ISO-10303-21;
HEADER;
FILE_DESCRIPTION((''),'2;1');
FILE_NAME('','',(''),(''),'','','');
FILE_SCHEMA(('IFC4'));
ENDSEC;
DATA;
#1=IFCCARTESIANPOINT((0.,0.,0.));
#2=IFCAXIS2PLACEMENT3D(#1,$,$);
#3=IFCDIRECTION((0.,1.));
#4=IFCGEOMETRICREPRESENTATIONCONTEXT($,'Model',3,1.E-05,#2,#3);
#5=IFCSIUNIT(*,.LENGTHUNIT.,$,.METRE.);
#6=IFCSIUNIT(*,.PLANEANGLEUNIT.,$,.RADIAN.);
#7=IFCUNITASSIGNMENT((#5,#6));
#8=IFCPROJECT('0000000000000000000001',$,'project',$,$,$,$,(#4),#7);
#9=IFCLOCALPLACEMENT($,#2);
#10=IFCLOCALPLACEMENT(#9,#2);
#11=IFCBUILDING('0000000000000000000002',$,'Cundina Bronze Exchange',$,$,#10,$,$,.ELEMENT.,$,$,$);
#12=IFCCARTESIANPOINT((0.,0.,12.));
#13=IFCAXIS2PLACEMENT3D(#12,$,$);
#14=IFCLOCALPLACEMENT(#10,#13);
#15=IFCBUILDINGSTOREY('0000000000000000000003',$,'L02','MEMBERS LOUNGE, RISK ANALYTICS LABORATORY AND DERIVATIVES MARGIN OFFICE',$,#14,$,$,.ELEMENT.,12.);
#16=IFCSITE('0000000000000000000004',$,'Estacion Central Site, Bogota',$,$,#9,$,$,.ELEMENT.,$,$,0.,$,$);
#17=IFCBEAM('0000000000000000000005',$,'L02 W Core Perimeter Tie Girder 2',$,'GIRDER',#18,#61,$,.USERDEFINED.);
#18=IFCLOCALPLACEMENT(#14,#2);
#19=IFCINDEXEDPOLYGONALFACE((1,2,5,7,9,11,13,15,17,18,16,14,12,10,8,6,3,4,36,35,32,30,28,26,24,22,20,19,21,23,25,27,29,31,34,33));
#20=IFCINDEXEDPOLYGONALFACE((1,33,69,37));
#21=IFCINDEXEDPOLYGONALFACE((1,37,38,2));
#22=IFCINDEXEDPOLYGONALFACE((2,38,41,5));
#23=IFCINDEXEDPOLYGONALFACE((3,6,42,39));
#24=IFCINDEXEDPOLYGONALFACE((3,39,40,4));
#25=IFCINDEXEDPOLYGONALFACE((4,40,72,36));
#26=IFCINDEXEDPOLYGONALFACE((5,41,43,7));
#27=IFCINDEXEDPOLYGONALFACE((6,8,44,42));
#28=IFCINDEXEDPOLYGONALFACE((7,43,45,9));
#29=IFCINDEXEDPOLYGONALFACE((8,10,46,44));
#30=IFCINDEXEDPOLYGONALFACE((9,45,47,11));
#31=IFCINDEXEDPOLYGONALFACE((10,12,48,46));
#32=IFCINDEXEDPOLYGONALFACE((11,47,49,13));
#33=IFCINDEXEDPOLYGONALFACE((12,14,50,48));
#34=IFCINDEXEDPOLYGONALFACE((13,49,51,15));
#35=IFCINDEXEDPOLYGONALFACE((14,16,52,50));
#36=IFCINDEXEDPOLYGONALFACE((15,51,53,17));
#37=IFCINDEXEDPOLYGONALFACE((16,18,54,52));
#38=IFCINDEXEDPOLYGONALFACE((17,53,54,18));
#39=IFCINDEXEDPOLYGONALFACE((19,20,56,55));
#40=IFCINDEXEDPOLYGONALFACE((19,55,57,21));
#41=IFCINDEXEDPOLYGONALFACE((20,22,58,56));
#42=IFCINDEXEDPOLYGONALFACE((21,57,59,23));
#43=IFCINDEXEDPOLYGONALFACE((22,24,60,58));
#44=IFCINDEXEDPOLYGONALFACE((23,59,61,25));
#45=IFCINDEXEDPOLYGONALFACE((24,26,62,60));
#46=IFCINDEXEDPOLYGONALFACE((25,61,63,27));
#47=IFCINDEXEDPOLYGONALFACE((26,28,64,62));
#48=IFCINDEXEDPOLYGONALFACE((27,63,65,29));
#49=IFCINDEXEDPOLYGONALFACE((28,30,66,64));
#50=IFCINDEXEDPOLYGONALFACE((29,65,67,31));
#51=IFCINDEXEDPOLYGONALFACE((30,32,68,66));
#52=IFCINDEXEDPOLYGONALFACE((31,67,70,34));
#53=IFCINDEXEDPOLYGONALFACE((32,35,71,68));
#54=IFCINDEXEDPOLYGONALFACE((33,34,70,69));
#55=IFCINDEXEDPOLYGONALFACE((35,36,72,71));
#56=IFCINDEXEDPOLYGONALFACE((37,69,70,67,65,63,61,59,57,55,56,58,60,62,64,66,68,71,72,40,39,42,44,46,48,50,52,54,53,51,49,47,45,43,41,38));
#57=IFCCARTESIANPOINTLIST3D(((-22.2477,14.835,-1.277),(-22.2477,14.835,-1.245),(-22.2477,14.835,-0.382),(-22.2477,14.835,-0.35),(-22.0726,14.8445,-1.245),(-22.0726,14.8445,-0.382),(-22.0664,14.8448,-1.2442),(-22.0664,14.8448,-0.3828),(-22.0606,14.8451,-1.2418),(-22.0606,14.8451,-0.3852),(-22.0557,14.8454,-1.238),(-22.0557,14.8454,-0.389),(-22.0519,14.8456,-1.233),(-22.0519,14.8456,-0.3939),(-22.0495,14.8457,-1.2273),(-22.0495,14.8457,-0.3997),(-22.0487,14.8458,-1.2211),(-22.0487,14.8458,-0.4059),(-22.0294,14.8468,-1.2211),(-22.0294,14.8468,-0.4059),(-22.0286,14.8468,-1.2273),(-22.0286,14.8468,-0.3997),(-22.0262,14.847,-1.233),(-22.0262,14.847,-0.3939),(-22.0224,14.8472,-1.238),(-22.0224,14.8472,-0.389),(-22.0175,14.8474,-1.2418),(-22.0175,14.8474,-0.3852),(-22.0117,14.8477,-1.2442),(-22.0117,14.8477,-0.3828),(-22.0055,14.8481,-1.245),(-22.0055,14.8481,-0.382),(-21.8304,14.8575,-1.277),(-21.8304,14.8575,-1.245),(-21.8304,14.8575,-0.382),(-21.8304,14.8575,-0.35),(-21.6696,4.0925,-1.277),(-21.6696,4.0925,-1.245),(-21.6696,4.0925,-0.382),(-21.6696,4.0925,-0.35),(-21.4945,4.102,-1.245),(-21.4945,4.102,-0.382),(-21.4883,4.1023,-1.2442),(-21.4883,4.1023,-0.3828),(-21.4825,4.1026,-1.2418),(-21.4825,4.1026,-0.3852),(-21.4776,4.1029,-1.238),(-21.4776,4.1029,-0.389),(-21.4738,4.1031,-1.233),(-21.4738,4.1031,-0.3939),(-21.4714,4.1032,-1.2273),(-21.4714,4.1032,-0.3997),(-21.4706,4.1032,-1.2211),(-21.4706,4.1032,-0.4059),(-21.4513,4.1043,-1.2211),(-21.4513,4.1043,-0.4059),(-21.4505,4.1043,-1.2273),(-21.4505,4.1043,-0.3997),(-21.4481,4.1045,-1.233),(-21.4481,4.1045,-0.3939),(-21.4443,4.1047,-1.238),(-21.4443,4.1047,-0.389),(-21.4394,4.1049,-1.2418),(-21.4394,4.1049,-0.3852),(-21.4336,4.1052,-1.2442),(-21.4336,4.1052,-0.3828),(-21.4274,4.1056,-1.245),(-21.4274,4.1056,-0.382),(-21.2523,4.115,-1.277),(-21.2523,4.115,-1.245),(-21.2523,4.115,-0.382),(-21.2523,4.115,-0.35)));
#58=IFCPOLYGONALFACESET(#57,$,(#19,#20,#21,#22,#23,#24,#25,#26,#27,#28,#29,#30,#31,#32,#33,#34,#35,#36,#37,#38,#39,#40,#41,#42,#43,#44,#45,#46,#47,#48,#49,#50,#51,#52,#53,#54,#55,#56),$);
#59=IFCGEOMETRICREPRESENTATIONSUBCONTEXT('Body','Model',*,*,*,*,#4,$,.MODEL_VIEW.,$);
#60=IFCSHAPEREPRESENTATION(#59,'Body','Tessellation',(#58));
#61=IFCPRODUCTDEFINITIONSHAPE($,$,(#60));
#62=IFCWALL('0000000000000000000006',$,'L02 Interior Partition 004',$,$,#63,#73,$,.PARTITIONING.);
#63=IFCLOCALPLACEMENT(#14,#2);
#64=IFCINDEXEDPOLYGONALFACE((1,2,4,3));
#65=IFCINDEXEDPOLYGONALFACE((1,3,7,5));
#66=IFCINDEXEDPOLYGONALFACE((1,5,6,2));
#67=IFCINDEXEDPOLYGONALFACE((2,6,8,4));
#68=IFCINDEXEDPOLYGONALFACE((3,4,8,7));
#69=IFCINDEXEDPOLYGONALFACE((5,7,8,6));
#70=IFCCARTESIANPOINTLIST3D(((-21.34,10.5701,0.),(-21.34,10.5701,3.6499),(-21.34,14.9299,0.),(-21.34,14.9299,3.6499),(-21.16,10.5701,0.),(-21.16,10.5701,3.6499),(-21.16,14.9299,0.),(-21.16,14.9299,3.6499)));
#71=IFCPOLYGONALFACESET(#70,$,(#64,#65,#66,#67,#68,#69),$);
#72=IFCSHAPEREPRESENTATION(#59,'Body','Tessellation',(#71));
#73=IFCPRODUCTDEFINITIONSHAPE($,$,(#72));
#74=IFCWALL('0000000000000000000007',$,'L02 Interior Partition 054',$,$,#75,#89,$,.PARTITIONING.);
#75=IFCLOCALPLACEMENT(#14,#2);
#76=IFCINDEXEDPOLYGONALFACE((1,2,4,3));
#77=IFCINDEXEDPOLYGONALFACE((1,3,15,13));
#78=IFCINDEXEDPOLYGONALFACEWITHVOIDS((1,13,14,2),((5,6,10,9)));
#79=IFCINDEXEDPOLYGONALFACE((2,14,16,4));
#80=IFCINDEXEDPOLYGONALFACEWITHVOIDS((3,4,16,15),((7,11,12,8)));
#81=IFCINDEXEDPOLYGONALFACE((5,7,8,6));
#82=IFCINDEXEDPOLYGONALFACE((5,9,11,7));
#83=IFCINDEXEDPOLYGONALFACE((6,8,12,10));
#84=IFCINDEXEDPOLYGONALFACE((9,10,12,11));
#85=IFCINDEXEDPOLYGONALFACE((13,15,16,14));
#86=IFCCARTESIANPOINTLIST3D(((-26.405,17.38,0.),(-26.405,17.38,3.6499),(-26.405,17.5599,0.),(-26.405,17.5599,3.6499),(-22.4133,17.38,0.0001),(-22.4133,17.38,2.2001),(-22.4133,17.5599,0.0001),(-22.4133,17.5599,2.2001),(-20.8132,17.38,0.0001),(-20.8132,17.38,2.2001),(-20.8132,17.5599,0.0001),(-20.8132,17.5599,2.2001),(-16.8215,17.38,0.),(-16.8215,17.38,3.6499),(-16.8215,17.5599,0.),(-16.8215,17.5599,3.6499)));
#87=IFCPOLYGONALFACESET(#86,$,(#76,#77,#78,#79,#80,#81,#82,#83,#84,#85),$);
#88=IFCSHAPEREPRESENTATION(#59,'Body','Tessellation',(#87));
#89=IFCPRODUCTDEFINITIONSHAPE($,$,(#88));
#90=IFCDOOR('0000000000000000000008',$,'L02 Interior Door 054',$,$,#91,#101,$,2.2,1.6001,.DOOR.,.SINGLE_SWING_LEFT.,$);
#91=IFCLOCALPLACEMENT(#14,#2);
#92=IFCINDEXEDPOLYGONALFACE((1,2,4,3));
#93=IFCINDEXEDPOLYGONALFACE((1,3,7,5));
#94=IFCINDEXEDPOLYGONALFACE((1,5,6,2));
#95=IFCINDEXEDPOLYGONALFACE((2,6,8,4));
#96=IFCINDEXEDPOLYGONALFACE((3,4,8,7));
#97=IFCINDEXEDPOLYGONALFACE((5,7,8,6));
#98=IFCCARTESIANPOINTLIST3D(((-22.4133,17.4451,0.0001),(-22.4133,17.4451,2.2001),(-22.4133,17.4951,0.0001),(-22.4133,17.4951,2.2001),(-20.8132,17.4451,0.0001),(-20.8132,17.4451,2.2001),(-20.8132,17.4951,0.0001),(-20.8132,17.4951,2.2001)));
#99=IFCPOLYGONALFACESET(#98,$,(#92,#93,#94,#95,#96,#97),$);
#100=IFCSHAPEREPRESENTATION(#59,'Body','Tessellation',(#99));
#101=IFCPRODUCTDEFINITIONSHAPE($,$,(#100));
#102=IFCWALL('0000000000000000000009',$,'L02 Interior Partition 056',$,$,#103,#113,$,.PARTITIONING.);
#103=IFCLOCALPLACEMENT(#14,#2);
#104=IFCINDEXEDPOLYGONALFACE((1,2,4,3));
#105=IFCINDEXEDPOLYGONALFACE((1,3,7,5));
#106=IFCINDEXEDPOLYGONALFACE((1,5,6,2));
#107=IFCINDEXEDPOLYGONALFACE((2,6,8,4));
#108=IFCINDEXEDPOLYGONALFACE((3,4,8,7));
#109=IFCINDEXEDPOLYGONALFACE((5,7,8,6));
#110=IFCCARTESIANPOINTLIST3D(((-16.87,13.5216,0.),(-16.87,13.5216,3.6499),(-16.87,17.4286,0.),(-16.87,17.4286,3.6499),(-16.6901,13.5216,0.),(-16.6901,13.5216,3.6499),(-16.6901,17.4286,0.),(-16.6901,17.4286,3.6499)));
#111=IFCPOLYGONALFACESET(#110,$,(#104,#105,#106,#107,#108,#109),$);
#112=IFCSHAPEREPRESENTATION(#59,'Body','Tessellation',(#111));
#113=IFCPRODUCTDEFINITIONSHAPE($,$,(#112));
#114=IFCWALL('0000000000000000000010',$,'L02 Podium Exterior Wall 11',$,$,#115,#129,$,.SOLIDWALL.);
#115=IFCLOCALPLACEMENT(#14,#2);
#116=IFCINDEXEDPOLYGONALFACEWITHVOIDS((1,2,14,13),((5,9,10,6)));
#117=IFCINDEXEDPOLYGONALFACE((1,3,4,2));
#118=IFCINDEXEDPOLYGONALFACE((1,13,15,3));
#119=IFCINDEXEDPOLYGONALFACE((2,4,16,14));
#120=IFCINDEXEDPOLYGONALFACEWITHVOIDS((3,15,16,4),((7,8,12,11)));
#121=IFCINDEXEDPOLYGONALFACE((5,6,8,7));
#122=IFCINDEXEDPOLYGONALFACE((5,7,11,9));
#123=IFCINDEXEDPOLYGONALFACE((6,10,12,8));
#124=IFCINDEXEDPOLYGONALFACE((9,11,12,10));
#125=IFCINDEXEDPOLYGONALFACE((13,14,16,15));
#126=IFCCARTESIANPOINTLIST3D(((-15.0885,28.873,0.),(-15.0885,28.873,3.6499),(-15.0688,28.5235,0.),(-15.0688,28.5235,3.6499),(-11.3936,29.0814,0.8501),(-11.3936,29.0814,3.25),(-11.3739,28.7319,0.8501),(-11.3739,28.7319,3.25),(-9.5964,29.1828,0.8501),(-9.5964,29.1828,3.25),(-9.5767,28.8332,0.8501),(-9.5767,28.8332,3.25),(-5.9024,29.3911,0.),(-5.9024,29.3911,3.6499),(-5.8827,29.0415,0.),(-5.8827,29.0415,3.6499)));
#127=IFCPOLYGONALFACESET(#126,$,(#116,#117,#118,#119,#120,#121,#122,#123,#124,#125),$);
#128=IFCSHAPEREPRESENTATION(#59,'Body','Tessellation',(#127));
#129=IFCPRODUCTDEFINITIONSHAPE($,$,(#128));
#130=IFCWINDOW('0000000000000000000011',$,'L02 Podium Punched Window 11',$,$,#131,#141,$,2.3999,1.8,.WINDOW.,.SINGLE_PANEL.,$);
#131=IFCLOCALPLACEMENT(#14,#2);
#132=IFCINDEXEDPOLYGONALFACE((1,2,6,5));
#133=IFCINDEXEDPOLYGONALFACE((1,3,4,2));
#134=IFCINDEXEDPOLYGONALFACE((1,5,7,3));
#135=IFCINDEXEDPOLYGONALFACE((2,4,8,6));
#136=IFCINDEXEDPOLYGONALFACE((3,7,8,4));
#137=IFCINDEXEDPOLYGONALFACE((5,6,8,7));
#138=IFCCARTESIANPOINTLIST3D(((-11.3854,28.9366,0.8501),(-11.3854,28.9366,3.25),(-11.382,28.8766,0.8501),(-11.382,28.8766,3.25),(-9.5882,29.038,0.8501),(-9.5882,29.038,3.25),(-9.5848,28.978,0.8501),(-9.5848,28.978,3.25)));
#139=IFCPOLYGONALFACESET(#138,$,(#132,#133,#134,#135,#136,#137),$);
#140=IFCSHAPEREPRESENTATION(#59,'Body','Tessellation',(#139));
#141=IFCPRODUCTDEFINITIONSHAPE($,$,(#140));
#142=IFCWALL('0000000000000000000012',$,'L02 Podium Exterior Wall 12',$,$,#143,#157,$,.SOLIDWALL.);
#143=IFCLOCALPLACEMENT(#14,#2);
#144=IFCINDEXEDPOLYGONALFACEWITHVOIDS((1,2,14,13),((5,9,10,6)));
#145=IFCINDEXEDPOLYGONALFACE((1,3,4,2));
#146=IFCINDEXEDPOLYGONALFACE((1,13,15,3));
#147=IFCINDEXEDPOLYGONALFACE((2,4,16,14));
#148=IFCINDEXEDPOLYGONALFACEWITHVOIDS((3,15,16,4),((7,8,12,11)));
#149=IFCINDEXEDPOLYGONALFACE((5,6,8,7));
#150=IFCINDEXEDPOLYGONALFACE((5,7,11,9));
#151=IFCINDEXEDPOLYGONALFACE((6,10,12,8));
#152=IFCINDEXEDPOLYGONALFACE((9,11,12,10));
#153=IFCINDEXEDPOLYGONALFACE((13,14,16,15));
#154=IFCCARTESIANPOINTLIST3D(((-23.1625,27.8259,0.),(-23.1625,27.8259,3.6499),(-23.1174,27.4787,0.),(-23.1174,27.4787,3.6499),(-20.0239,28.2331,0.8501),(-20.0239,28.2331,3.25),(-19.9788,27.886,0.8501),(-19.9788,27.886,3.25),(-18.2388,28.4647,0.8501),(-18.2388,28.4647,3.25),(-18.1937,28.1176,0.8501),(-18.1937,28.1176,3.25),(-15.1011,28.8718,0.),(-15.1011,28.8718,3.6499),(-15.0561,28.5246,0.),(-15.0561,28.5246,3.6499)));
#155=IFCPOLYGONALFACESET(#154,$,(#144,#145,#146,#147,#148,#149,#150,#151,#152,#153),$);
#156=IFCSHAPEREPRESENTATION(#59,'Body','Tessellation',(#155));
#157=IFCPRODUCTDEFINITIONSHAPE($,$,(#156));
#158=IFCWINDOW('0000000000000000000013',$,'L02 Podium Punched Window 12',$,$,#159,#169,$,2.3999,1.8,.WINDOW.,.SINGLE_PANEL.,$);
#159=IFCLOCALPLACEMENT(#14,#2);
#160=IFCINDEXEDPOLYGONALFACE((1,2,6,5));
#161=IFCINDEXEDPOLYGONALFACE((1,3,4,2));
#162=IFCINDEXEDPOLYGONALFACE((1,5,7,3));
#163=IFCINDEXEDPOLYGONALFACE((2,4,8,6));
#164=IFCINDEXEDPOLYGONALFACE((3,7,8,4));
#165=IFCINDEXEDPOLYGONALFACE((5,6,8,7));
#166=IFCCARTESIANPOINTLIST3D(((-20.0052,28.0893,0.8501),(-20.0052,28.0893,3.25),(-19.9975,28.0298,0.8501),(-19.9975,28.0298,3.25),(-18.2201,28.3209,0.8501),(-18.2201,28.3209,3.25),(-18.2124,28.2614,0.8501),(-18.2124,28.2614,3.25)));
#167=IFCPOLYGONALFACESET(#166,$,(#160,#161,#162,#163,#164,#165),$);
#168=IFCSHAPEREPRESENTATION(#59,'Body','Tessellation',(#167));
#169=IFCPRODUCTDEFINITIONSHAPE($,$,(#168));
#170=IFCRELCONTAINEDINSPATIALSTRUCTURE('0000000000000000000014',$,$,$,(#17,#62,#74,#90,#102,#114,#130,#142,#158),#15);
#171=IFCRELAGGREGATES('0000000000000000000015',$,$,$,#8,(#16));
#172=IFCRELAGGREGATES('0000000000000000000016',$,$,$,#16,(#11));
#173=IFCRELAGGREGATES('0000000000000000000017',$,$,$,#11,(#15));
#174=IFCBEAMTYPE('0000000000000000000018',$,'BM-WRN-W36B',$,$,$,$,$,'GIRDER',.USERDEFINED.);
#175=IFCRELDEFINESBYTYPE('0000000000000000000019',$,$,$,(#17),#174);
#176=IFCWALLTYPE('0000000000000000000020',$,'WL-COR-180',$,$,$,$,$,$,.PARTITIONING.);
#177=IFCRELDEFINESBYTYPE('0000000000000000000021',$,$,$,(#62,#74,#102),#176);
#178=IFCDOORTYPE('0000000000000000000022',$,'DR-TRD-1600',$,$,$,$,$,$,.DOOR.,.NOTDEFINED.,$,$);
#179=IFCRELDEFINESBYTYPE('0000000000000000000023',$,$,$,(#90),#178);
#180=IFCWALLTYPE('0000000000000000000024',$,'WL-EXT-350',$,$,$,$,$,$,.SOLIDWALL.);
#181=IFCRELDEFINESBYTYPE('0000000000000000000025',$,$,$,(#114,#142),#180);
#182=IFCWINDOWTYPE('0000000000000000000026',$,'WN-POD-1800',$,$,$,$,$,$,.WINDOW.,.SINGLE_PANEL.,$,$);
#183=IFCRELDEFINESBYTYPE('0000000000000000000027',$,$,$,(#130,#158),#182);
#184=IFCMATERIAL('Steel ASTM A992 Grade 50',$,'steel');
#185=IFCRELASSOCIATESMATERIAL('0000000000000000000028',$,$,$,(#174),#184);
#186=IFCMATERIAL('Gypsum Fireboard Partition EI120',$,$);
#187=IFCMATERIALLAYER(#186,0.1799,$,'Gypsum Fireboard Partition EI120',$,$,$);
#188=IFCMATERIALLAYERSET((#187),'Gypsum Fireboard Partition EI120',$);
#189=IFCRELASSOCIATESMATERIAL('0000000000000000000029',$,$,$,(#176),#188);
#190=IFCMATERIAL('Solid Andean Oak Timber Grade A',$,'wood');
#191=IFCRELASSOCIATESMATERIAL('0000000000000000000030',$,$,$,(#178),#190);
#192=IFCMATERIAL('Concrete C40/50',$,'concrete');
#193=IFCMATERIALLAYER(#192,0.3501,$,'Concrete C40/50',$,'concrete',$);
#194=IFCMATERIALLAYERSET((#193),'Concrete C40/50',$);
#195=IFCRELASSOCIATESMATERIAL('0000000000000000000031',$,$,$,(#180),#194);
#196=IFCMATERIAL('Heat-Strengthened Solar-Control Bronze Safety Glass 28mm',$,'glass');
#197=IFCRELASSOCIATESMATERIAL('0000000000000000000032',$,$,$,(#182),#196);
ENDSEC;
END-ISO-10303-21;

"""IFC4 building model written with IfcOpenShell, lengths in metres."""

from ifc_helpers import new_model, si_unit, direction, frame, frame_2d, origin, origin_2d, place, context, subcontext, project, spatial, rectangle, i_section, extrude, material, layer, layer_set, material_profile, profile_set, type_object, element, fill, save


model = new_model("IFC4")

# Units and contexts
model_context = context("Model", 3, precision=1e-05, world=origin(), true_north=direction((0.0, 1.0)))
body_context = subcontext(model_context, "Body", "Model", "MODEL_VIEW")
ifc_project = project(units=[si_unit("LENGTHUNIT", "METRE"), si_unit("PLANEANGLEUNIT", "RADIAN")], contexts=[model_context])

# Site, building, storey
site_placement = place(None, origin())
site = spatial("IfcSite", under=ifc_project, at=site_placement, Name="Estacion Central Site, Bogota", CompositionType="ELEMENT", RefElevation=0.0)
building_placement = place(site_placement, origin())
building = spatial("IfcBuilding", under=site, at=building_placement, Name="Cundina Bronze Exchange", CompositionType="ELEMENT")
storey_placement = place(building_placement, frame((0.0, 0.0, 12.0)))
storey = spatial("IfcBuildingStorey", under=building, at=storey_placement, Name="L02", Description="MEMBERS LOUNGE, RISK ANALYTICS LABORATORY AND DERIVATIVES MARGIN OFFICE", CompositionType="ELEMENT", Elevation=12.0)

# Beam
ifc_material_1 = material(Name="Steel ASTM A992 Grade 50", Category="steel")
ifc_material_profile_1 = material_profile(ifc_material_1, i_section(OverallWidth=0.418, OverallDepth=0.927, WebThickness=0.0193, FlangeThickness=0.032, FilletRadius=0.0239, at=origin_2d()), Name="W36X231", Category="steel")
ifc_profile_set_1 = profile_set([ifc_material_profile_1], Name="Steel ASTM A992 Grade 50")
beam_type_1 = type_object("IfcBeamType", Name="BM-WRN-W36B", ElementType="GIRDER", PredefinedType="USERDEFINED", material=ifc_profile_set_1)
beam_1_placement = place(storey_placement, frame((-21.4609, 4.1038, -0.8135), z_axis=(-0.053739, 0.998555, 0.0), x_axis=(-0.998555, -0.053739, 0.0)))
element("IfcBeam", 1, at=beam_1_placement, inside=storey, type_object=beam_type_1, Name="L02 W Core Perimeter Tie Girder 2", ObjectType="GIRDER", PredefinedType="USERDEFINED", context=body_context, shape_type="SweptSolid", body=[
    extrude(i_section(OverallWidth=0.418, OverallDepth=0.927, WebThickness=0.0193, FlangeThickness=0.032, FilletRadius=0.0239, at=origin_2d()), origin(), (0.0, 0.0, 1.0), 10.7581),
])

# Wall
ifc_material_2 = material(Name="Gypsum Fireboard Partition EI120")
ifc_layer_1 = layer(ifc_material_2, 0.1799, Name="Gypsum Fireboard Partition EI120")
ifc_layer_set_1 = layer_set([ifc_layer_1], Name="Gypsum Fireboard Partition EI120")
wall_type_1 = type_object("IfcWallType", Name="WL-COR-180", PredefinedType="PARTITIONING", material=ifc_layer_set_1)
wall_1_placement = place(storey_placement, frame((-21.25, 10.5701, 0.0), z_axis=(0.0, 0.0, 1.0), x_axis=(0.0, 1.0, 0.0)))
element("IfcWall", 2, at=wall_1_placement, inside=storey, type_object=wall_type_1, Name="L02 Interior Partition 004", PredefinedType="PARTITIONING", context=body_context, shape_type="SweptSolid", body=[
    extrude(rectangle(XDim=4.3599, YDim=0.1799, at=frame_2d((2.1799, 0.0))), origin(), (0.0, 0.0, 1.0), 3.6499),
])

# Wall, opening, door
wall_2_placement = place(storey_placement, frame((-16.8215, 17.47, 0.0), z_axis=(0.0, 0.0, 1.0), x_axis=(-1.0, 0.0, 0.0)))
wall_2 = element("IfcWall", 3, at=wall_2_placement, inside=storey, type_object=wall_type_1, Name="L02 Interior Partition 054", PredefinedType="PARTITIONING", context=body_context, shape_type="SweptSolid", body=[
    extrude(rectangle(XDim=9.5835, YDim=0.1799, at=frame_2d((4.7917, 0.0))), origin(), (0.0, 0.0, 1.0), 3.6499),
])
opening_1_placement = place(wall_2_placement, frame((3.9917, 0.0, 0.0)))
opening_1 = element("IfcOpeningElement", 4, at=opening_1_placement, cuts=wall_2, PredefinedType="OPENING", context=body_context, shape_type="SweptSolid", body=[
    extrude(rectangle(XDim=1.6001, YDim=2.2, at=frame_2d((0.8, 1.1001))), frame((0.0, 0.0999, 0.0), z_axis=(0.0, -1.0, 0.0), x_axis=(1.0, 0.0, 0.0)), (0.0, 0.0, 1.0), 0.2),
])
ifc_material_3 = material(Name="Solid Andean Oak Timber Grade A", Category="wood")
door_type_1 = type_object("IfcDoorType", Name="DR-TRD-1600", OperationType="NOTDEFINED", PredefinedType="DOOR", material=ifc_material_3)
door_1_placement = place(opening_1_placement, origin())
door_1 = element("IfcDoor", 5, at=door_1_placement, inside=storey, type_object=door_type_1, Name="L02 Interior Door 054", OperationType="SINGLE_SWING_LEFT", OverallHeight=2.2, OverallWidth=1.6001, PredefinedType="DOOR", context=body_context, shape_type="SweptSolid", body=[
    extrude(rectangle(XDim=1.6001, YDim=2.2, at=frame_2d((0.8, 1.1001))), frame((0.0, 0.0249, 0.0), z_axis=(0.0, -1.0, 0.0), x_axis=(1.0, 0.0, 0.0)), (0.0, 0.0, 1.0), 0.05),
])
fill(opening_1, door_1)

# Wall
wall_3_placement = place(storey_placement, frame((-16.78, 13.5215, 0.0), z_axis=(0.0, 0.0, 1.0), x_axis=(0.0, 1.0, 0.0)))
element("IfcWall", 6, at=wall_3_placement, inside=storey, type_object=wall_type_1, Name="L02 Interior Partition 056", PredefinedType="PARTITIONING", context=body_context, shape_type="SweptSolid", body=[
    extrude(rectangle(XDim=3.907, YDim=0.1799, at=frame_2d((1.9536, 0.0))), origin(), (0.0, 0.0, 1.0), 3.6499),
])

# Walls, openings, windows
ifc_material_4 = material(Name="Concrete C40/50", Category="concrete")
ifc_layer_2 = layer(ifc_material_4, 0.3501, Name="Concrete C40/50", Category="concrete")
ifc_layer_set_2 = layer_set([ifc_layer_2], Name="Concrete C40/50")
wall_type_2 = type_object("IfcWallType", Name="WL-EXT-350", PredefinedType="SOLIDWALL", material=ifc_layer_set_2)
wall_4_placement = place(storey_placement, frame((-5.8926, 29.2163, 0.0), z_axis=(0.0, 0.0, 1.0), x_axis=(-0.998413, -0.056308, 0.0)))
wall_4 = element("IfcWall", 7, at=wall_4_placement, inside=storey, type_object=wall_type_2, Name="L02 Podium Exterior Wall 11", PredefinedType="SOLIDWALL", context=body_context, shape_type="SweptSolid", body=[
    extrude(rectangle(XDim=9.2007, YDim=0.3501, at=frame_2d((4.6003, 0.0))), origin(), (0.0, 0.0, 1.0), 3.6499),
])
opening_2_placement = place(wall_4_placement, frame((3.7, 0.0, 0.8501)))
opening_2 = element("IfcOpeningElement", 8, at=opening_2_placement, cuts=wall_4, PredefinedType="OPENING", context=body_context, shape_type="SweptSolid", body=[
    extrude(rectangle(XDim=1.8, YDim=2.3999, at=frame_2d((0.8999, 1.2))), frame((0.0, 0.1851, 0.0), z_axis=(0.0, -1.0, 0.0), x_axis=(1.0, 0.0, 0.0)), (0.0, 0.0, 1.0), 0.3701),
])
ifc_material_5 = material(Name="Heat-Strengthened Solar-Control Bronze Safety Glass 28mm", Category="glass")
window_type = type_object("IfcWindowType", Name="WN-POD-1800", PartitioningType="SINGLE_PANEL", PredefinedType="WINDOW", material=ifc_material_5)
window_1_placement = place(opening_2_placement, origin())
window_1 = element("IfcWindow", 9, at=window_1_placement, inside=storey, type_object=window_type, Name="L02 Podium Punched Window 11", OverallHeight=2.3999, OverallWidth=1.8, PartitioningType="SINGLE_PANEL", PredefinedType="WINDOW", context=body_context, shape_type="SweptSolid", body=[
    extrude(rectangle(XDim=1.8, YDim=2.3999, at=frame_2d((0.8999, 1.2))), frame((0.0, 0.03, 0.0), z_axis=(0.0, -1.0, 0.0), x_axis=(1.0, 0.0, 0.0)), (0.0, 0.0, 1.0), 0.0601),
])
fill(opening_2, window_1)
wall_5_placement = place(storey_placement, frame((-15.0786, 28.6982, 0.0), z_axis=(0.0, 0.0, 1.0), x_axis=(-0.991688, -0.128665, 0.0)))
wall_5 = element("IfcWall", 10, at=wall_5_placement, inside=storey, type_object=wall_type_2, Name="L02 Podium Exterior Wall 12", PredefinedType="SOLIDWALL", context=body_context, shape_type="SweptSolid", body=[
    extrude(rectangle(XDim=8.1289, YDim=0.3501, at=frame_2d((4.0645, 0.0))), origin(), (0.0, 0.0, 1.0), 3.6499),
])
opening_3_placement = place(wall_5_placement, frame((3.1641, 0.0, 0.8501)))
opening_3 = element("IfcOpeningElement", 11, at=opening_3_placement, cuts=wall_5, PredefinedType="OPENING", context=body_context, shape_type="SweptSolid", body=[
    extrude(rectangle(XDim=1.8, YDim=2.3999, at=frame_2d((0.8999, 1.2))), frame((0.0, 0.1851, 0.0), z_axis=(0.0, -1.0, 0.0), x_axis=(1.0, 0.0, 0.0)), (0.0, 0.0, 1.0), 0.3701),
])
window_2_placement = place(opening_3_placement, origin())
window_2 = element("IfcWindow", 12, at=window_2_placement, inside=storey, type_object=window_type, Name="L02 Podium Punched Window 12", OverallHeight=2.3999, OverallWidth=1.8, PartitioningType="SINGLE_PANEL", PredefinedType="WINDOW", context=body_context, shape_type="SweptSolid", body=[
    extrude(rectangle(XDim=1.8, YDim=2.3999, at=frame_2d((0.8999, 1.2))), frame((0.0, 0.03, 0.0), z_axis=(0.0, -1.0, 0.0), x_axis=(1.0, 0.0, 0.0)), (0.0, 0.0, 1.0), 0.0601),
])
fill(opening_3, window_2)

save(model, "model.ifc")
